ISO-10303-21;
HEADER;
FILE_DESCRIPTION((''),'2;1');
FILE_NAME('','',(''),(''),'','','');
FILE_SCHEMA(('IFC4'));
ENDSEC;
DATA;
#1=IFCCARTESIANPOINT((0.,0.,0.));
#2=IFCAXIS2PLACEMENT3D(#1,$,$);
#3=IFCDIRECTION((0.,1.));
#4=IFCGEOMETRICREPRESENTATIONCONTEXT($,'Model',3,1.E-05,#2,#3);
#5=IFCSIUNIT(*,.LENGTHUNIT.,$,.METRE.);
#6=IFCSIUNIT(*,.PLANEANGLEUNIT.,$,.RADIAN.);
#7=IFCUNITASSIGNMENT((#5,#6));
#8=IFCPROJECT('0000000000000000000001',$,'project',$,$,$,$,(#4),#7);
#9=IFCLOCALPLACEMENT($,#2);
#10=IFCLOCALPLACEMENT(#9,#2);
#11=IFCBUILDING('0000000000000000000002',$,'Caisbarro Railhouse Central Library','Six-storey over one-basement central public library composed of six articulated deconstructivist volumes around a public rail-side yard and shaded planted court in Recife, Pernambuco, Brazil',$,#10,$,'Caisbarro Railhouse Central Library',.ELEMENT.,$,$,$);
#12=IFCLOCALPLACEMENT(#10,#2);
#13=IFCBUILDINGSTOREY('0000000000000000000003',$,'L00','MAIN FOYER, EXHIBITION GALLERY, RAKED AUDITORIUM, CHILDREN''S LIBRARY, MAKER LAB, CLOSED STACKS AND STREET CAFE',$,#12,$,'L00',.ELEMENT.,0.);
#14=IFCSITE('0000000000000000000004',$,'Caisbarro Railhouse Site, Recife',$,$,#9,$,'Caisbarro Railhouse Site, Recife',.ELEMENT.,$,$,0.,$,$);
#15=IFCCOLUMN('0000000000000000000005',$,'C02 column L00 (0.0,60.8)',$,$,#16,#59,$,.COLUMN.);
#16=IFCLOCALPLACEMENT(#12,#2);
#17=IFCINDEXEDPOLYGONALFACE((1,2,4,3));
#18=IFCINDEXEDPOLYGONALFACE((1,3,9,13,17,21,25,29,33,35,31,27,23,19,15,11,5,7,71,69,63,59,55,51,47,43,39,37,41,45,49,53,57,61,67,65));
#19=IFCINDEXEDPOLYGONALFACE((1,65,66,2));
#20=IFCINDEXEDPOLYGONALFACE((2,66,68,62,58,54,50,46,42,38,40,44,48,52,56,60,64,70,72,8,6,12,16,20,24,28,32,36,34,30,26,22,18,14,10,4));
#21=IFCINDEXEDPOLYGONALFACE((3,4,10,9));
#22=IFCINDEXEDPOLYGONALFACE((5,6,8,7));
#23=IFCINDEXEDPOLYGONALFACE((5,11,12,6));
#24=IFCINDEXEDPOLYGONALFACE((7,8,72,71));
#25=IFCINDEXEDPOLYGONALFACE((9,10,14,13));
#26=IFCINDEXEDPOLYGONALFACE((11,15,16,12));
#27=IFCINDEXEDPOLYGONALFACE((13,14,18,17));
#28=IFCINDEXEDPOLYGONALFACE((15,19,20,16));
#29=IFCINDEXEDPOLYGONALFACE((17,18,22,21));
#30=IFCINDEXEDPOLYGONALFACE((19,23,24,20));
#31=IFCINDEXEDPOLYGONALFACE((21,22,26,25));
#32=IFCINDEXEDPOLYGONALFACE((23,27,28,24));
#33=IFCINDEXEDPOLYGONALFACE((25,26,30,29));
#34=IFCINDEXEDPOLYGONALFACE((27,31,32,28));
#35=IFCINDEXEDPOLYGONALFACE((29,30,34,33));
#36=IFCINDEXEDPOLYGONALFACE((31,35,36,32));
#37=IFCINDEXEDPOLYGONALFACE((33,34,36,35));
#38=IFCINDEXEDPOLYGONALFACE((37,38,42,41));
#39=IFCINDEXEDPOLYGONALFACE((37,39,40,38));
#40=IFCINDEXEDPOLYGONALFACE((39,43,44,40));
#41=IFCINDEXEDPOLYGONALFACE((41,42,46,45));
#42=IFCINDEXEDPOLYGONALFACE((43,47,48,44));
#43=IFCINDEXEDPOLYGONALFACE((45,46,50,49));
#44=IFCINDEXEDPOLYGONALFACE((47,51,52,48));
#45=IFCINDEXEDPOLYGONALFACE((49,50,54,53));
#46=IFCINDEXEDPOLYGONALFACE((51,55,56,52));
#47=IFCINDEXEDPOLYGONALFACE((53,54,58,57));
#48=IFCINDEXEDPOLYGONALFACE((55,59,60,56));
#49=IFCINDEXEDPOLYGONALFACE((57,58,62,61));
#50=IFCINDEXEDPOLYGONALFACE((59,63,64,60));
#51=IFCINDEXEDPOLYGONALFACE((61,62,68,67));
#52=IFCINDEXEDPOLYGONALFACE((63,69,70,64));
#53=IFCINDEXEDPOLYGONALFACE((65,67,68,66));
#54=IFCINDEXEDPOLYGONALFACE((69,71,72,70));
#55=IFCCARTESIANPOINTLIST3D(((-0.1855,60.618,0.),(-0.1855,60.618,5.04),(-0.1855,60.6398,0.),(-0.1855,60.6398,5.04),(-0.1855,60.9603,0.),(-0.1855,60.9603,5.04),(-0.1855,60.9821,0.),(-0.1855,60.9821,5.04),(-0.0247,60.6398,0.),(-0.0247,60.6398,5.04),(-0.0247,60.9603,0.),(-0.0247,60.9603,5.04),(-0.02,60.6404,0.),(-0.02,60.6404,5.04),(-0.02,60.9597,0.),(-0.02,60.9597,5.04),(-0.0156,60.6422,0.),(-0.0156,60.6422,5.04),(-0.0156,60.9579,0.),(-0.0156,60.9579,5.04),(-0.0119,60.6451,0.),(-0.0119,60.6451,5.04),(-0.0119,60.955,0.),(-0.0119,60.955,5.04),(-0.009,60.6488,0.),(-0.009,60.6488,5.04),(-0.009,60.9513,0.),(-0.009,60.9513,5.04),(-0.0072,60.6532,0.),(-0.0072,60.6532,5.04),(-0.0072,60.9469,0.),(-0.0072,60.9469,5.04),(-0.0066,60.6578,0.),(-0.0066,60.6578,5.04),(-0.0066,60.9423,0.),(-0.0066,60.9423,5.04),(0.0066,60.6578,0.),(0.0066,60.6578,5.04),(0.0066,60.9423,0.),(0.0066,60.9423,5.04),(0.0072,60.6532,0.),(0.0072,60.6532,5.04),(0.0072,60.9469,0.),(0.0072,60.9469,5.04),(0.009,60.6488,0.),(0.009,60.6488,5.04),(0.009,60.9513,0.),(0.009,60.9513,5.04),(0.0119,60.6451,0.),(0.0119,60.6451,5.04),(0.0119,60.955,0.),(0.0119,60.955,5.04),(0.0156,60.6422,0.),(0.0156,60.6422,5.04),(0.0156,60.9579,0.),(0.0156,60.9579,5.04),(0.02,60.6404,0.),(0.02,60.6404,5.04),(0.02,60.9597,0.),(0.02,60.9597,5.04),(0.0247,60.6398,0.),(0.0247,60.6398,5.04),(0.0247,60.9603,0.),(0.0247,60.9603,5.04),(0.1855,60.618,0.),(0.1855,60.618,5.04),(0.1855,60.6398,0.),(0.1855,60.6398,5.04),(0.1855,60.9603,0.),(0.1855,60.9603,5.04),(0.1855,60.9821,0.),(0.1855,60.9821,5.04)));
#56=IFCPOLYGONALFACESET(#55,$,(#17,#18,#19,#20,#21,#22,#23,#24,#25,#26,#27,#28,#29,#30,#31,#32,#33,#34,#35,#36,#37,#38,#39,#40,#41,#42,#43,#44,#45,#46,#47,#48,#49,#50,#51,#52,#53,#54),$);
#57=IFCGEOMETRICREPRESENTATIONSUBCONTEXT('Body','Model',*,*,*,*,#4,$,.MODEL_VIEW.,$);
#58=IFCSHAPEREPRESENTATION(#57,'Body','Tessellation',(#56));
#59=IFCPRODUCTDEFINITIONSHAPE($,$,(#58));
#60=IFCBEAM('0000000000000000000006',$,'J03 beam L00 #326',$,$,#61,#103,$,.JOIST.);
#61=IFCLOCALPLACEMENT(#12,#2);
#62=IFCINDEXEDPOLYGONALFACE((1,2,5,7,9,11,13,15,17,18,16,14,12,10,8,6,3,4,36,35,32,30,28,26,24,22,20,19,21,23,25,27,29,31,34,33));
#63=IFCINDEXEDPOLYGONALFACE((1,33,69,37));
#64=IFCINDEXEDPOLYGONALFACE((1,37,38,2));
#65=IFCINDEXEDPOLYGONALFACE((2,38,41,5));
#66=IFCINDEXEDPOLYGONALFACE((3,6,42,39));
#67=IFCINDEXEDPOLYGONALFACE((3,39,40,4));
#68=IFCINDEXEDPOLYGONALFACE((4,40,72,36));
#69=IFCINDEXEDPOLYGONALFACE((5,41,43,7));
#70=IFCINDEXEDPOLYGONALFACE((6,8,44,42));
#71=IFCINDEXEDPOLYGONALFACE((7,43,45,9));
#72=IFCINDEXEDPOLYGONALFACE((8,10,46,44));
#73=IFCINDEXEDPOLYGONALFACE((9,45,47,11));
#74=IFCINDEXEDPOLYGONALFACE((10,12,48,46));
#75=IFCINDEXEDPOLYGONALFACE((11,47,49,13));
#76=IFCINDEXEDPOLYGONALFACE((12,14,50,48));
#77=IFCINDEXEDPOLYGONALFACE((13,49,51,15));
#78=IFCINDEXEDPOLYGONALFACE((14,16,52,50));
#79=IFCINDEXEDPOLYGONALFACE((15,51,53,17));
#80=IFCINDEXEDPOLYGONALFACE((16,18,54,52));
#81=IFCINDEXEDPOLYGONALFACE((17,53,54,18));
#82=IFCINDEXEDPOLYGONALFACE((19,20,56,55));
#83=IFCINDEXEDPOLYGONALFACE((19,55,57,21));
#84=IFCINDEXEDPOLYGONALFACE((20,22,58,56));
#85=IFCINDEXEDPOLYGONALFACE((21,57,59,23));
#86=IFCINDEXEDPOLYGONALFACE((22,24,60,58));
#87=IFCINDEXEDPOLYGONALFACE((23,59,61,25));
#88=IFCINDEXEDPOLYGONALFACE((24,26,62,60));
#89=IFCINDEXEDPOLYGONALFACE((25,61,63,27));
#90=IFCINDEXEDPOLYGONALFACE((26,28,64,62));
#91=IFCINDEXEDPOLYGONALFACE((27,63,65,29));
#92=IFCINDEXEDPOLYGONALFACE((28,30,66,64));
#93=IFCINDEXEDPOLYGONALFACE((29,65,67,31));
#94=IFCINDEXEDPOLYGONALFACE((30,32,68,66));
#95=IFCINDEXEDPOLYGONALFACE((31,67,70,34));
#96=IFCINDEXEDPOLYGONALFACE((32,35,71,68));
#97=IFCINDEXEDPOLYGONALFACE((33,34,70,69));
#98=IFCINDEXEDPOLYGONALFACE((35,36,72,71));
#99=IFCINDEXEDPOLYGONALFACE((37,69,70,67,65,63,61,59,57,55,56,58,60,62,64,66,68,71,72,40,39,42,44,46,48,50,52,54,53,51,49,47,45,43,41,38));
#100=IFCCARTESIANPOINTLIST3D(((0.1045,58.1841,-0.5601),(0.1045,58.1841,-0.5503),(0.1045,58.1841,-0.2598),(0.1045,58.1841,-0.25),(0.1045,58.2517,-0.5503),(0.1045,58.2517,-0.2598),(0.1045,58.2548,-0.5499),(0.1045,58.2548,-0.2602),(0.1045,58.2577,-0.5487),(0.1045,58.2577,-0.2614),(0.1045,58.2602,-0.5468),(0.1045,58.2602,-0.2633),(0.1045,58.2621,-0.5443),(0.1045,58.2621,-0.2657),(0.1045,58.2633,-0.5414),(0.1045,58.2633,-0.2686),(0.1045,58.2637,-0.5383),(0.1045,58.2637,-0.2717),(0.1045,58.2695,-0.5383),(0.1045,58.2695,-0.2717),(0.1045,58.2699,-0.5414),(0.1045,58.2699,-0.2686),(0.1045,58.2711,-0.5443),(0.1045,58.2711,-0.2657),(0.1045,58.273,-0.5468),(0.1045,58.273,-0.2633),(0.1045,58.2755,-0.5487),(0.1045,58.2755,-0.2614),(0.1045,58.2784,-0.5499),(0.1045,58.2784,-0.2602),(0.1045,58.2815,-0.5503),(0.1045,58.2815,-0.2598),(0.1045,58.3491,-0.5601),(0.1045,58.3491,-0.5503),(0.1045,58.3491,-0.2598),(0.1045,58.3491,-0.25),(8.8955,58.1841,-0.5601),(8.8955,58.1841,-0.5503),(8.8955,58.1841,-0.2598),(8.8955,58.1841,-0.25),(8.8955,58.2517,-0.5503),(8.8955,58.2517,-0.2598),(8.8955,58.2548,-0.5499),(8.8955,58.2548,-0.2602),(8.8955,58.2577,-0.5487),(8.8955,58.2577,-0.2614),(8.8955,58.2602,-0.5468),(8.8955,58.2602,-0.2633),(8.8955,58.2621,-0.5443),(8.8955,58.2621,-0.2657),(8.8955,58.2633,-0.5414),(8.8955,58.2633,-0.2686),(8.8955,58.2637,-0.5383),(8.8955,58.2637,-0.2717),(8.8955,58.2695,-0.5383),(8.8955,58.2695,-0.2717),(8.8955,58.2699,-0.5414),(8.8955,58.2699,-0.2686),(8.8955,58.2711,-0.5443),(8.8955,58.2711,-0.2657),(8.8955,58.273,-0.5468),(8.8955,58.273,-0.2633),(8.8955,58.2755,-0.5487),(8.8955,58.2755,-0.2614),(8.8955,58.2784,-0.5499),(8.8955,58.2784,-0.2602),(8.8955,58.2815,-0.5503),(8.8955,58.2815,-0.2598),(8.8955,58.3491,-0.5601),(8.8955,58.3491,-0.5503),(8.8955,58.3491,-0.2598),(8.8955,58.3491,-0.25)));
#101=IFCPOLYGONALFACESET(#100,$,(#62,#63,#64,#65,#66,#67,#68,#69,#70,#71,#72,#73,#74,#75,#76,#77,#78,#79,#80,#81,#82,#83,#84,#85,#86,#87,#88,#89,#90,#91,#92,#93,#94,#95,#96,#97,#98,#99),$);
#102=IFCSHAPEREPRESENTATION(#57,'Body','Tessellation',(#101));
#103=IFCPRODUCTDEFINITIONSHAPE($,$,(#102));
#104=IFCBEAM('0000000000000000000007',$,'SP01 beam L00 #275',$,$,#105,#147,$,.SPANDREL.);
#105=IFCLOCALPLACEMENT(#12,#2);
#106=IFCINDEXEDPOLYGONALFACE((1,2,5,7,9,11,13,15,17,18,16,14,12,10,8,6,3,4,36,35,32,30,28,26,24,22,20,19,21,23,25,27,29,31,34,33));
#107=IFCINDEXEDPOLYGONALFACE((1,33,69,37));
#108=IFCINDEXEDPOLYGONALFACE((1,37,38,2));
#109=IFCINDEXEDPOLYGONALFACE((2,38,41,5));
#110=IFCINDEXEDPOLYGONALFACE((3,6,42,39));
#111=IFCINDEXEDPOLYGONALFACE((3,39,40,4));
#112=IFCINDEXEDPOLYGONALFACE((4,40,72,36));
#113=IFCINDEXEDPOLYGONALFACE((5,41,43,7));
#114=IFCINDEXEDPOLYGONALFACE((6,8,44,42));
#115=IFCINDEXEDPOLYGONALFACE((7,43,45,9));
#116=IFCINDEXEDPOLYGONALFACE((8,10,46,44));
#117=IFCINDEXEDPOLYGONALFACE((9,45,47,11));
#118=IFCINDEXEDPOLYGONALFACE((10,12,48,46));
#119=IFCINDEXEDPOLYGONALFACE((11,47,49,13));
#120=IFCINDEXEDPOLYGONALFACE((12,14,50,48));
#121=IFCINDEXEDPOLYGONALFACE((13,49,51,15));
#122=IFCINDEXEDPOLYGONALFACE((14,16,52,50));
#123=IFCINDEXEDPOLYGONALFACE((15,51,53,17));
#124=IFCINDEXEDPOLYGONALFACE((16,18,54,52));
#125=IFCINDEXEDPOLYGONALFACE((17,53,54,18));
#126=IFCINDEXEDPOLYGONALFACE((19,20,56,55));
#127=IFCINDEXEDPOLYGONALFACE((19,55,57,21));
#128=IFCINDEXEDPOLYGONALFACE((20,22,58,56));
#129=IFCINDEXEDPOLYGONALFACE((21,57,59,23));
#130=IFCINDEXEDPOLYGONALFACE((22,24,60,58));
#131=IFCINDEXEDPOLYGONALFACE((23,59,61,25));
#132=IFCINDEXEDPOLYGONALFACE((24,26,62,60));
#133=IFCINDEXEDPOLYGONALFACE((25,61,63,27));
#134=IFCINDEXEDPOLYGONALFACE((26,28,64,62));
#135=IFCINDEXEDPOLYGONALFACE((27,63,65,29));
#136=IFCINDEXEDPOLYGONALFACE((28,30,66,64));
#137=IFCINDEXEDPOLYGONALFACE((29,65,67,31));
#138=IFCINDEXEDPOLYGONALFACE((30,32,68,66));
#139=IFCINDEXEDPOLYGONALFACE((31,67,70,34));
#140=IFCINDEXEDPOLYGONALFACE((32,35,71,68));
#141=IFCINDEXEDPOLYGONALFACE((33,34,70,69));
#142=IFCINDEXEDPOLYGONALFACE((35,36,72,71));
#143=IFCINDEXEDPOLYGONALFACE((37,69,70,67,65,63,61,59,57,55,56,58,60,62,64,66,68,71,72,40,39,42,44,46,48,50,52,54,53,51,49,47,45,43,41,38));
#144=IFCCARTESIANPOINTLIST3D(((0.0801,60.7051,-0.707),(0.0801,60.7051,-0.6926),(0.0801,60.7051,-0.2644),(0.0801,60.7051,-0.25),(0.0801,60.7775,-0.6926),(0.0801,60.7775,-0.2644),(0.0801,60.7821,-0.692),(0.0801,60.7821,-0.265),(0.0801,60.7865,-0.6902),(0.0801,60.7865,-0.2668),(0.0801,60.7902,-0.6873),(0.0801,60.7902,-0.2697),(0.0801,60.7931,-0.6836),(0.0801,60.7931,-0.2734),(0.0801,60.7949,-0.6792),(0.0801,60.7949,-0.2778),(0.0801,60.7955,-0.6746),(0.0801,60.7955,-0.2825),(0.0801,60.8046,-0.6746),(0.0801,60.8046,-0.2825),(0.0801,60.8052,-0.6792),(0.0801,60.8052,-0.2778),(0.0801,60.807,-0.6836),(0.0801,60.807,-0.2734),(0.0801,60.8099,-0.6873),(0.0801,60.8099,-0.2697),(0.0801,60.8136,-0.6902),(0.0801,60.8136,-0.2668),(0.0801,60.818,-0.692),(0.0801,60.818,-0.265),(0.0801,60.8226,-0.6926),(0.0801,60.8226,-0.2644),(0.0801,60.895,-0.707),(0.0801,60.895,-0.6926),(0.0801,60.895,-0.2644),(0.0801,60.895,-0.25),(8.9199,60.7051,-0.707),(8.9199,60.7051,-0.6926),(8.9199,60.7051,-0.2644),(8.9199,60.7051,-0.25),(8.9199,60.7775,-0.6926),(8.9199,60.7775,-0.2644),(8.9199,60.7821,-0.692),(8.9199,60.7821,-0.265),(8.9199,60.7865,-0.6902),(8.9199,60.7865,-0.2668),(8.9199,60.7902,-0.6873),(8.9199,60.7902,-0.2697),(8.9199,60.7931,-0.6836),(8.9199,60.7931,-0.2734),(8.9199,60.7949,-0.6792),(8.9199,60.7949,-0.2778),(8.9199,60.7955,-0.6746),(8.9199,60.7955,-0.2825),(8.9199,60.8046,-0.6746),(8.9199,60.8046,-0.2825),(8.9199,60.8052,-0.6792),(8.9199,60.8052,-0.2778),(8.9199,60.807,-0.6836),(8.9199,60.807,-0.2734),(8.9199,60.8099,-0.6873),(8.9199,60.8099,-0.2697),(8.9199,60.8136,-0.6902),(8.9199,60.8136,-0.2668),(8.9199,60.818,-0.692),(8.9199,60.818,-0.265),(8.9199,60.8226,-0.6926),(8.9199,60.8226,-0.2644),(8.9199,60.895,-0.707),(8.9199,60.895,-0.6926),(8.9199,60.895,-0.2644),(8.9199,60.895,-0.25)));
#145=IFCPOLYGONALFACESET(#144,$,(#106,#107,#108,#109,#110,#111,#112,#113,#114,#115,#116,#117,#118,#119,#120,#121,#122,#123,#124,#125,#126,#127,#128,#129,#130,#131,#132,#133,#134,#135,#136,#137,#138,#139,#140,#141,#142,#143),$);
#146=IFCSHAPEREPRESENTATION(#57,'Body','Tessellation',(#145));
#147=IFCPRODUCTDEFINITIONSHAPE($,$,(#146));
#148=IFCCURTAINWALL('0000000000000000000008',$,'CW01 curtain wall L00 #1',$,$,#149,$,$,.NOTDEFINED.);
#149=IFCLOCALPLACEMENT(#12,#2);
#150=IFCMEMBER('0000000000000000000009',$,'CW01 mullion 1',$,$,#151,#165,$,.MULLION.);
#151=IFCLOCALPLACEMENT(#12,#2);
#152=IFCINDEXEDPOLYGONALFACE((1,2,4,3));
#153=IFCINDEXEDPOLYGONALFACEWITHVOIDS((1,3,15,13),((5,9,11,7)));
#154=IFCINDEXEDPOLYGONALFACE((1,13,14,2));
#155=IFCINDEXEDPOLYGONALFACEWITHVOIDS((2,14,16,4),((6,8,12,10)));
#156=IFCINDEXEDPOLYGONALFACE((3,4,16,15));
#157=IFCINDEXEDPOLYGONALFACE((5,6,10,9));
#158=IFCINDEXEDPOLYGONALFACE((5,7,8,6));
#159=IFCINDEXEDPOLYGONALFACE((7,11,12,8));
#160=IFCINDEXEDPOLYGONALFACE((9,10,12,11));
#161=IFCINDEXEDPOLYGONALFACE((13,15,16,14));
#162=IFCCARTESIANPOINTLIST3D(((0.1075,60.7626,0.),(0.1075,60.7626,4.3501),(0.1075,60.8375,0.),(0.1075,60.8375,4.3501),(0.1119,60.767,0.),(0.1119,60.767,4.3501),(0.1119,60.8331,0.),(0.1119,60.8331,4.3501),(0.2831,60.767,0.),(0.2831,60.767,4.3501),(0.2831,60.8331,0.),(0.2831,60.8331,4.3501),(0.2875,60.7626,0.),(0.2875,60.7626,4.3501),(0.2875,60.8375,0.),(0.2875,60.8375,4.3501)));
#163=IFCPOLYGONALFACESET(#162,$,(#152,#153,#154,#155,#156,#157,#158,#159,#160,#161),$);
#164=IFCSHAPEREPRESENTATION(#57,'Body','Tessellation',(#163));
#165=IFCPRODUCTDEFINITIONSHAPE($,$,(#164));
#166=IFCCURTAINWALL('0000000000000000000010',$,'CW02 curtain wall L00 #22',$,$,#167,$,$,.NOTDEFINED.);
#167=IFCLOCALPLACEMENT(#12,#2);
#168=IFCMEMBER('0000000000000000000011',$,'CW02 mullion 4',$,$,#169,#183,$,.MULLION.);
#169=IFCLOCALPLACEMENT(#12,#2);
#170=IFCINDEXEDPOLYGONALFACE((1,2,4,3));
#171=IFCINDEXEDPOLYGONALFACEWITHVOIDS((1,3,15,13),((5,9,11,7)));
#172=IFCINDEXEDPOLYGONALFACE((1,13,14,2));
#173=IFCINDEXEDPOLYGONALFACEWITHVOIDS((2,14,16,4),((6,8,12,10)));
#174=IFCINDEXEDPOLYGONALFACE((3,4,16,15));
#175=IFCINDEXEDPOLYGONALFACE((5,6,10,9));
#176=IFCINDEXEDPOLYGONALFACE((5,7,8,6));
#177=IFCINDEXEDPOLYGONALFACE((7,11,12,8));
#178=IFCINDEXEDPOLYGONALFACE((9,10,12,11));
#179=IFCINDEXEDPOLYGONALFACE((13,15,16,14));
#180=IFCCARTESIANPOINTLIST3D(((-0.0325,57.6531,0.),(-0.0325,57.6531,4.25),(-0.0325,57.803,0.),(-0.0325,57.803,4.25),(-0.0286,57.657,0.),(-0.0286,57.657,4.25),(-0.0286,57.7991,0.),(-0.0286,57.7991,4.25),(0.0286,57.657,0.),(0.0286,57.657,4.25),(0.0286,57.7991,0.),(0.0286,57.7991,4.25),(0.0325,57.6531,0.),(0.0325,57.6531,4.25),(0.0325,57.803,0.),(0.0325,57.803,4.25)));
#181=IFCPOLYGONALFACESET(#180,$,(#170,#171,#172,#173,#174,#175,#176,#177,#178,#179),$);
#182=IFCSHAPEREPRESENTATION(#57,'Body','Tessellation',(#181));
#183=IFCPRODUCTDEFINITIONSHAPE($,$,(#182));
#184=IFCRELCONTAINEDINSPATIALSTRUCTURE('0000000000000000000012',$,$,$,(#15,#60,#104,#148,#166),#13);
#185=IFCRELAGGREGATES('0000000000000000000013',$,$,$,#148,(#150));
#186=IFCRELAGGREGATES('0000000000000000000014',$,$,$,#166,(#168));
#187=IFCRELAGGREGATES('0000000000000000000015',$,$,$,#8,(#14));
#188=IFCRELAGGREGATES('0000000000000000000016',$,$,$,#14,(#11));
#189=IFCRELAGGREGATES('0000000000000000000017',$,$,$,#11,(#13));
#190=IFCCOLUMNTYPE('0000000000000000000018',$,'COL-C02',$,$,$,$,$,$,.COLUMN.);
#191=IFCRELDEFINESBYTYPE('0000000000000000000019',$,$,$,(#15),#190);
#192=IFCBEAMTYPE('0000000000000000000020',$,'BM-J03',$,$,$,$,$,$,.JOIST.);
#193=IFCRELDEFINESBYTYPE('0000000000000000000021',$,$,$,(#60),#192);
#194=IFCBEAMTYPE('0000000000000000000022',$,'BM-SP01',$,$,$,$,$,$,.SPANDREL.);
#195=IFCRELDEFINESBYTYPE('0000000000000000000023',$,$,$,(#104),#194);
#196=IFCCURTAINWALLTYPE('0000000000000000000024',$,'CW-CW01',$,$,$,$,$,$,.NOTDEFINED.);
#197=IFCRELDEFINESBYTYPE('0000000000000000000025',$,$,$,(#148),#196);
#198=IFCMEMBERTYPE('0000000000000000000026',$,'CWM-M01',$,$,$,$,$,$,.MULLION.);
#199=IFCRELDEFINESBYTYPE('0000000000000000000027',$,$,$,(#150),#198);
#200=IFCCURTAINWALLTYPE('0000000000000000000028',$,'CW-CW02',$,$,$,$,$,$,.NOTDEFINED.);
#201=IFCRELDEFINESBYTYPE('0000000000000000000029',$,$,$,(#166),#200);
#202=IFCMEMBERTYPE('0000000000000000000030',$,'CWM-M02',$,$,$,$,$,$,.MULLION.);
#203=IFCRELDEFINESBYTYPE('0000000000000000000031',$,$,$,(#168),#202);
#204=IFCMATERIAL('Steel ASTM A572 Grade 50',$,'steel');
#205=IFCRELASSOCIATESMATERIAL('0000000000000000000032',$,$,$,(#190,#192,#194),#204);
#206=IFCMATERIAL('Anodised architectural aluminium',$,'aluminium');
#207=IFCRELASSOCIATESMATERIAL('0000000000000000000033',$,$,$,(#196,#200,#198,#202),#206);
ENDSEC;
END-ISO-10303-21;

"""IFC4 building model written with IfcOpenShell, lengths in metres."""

from ifc_helpers import new_model, si_unit, direction, frame, origin, origin_2d, place, context, subcontext, project, spatial, hollow_rectangle, i_section, extrude, material, material_profile, profile_set, type_object, element, aggregate, save


model = new_model("IFC4")

# Units and contexts
model_context = context("Model", 3, precision=1e-05, world=origin(), true_north=direction((0.0, 1.0)))
body_context = subcontext(model_context, "Body", "Model", "MODEL_VIEW")
ifc_project = project(units=[si_unit("LENGTHUNIT", "METRE"), si_unit("PLANEANGLEUNIT", "RADIAN")], contexts=[model_context])

# Site, building, storey
site_placement = place(None, origin())
site = spatial("IfcSite", under=ifc_project, at=site_placement, Name="Caisbarro Railhouse Site, Recife", LongName="Caisbarro Railhouse Site, Recife", CompositionType="ELEMENT", RefElevation=0.0)
building_placement = place(site_placement, origin())
building = spatial("IfcBuilding", under=site, at=building_placement, Name="Caisbarro Railhouse Central Library", Description="Six-storey over one-basement central public library composed of six articulated deconstructivist volumes around a public rail-side yard and shaded planted court in Recife, Pernambuco, Brazil", LongName="Caisbarro Railhouse Central Library", CompositionType="ELEMENT")
storey_placement = place(building_placement, origin())
storey = spatial("IfcBuildingStorey", under=building, at=storey_placement, Name="L00", Description="MAIN FOYER, EXHIBITION GALLERY, RAKED AUDITORIUM, CHILDREN'S LIBRARY, MAKER LAB, CLOSED STACKS AND STREET CAFE", LongName="L00", CompositionType="ELEMENT", Elevation=0.0)

# Column
ifc_material_1 = material(Name="Steel ASTM A572 Grade 50", Category="steel")
ifc_material_profile_1 = material_profile(ifc_material_1, i_section(OverallWidth=0.3711, OverallDepth=0.364, WebThickness=0.0132, FlangeThickness=0.0217, FilletRadius=0.0181, at=origin_2d()), Name="W360X162.0")
ifc_profile_set_1 = profile_set([ifc_material_profile_1], Name="Steel ASTM A572 Grade 50")
column_type = type_object("IfcColumnType", Name="COL-C02", PredefinedType="COLUMN", material=ifc_profile_set_1)
column_placement = place(storey_placement, frame((0.0, 60.8, 0.0), z_axis=(0.0, 0.0, 1.0), x_axis=(1.0, 0.0, 0.0)))
element("IfcColumn", 1, at=column_placement, inside=storey, type_object=column_type, Name="C02 column L00 (0.0,60.8)", PredefinedType="COLUMN", context=body_context, shape_type="SweptSolid", body=[
    extrude(i_section(OverallWidth=0.3711, OverallDepth=0.364, WebThickness=0.0132, FlangeThickness=0.0217, FilletRadius=0.0181, at=origin_2d()), origin(), (0.0, 0.0, 1.0), 5.04),
])

# Beams
ifc_material_profile_2 = material_profile(ifc_material_1, i_section(OverallWidth=0.165, OverallDepth=0.3101, WebThickness=0.0059, FlangeThickness=0.0098, FilletRadius=0.012, at=origin_2d()), Name="W310X38.7")
ifc_profile_set_2 = profile_set([ifc_material_profile_2], Name="Steel ASTM A572 Grade 50")
beam_type_1 = type_object("IfcBeamType", Name="BM-J03", PredefinedType="JOIST", material=ifc_profile_set_2)
beam_1_placement = place(storey_placement, frame((0.1045, 58.2666, -0.405), z_axis=(1.0, 0.0, 0.0), x_axis=(0.0, 1.0, 0.0)))
element("IfcBeam", 2, at=beam_1_placement, inside=storey, type_object=beam_type_1, Name="J03 beam L00 #326", PredefinedType="JOIST", context=body_context, shape_type="SweptSolid", body=[
    extrude(i_section(OverallWidth=0.165, OverallDepth=0.3101, WebThickness=0.0059, FlangeThickness=0.0098, FilletRadius=0.012, at=origin_2d()), origin(), (0.0, 0.0, 1.0), 8.791),
])
ifc_material_profile_3 = material_profile(ifc_material_1, i_section(OverallWidth=0.1899, OverallDepth=0.457, WebThickness=0.009, FlangeThickness=0.0144, FilletRadius=0.0181, at=origin_2d()), Name="W460X74.0")
ifc_profile_set_3 = profile_set([ifc_material_profile_3], Name="Steel ASTM A572 Grade 50")
beam_type_2 = type_object("IfcBeamType", Name="BM-SP01", PredefinedType="SPANDREL", material=ifc_profile_set_3)
beam_2_placement = place(storey_placement, frame((0.0801, 60.8, -0.4785), z_axis=(1.0, 0.0, 0.0), x_axis=(0.0, 1.0, 0.0)))
element("IfcBeam", 3, at=beam_2_placement, inside=storey, type_object=beam_type_2, Name="SP01 beam L00 #275", PredefinedType="SPANDREL", context=body_context, shape_type="SweptSolid", body=[
    extrude(i_section(OverallWidth=0.1899, OverallDepth=0.457, WebThickness=0.009, FlangeThickness=0.0144, FilletRadius=0.0181, at=origin_2d()), origin(), (0.0, 0.0, 1.0), 8.8398),
])

# Curtain wall, member
ifc_material_2 = material(Name="Anodised architectural aluminium", Category="aluminium")
curtain_wall_type_1 = type_object("IfcCurtainWallType", Name="CW-CW01", PredefinedType="NOTDEFINED", material=ifc_material_2)
curtain_wall_1_placement = place(storey_placement, origin())
curtain_wall_1 = element("IfcCurtainWall", 4, at=curtain_wall_1_placement, inside=storey, type_object=curtain_wall_type_1, Name="CW01 curtain wall L00 #1", PredefinedType="NOTDEFINED")
ifc_material_profile_4 = material_profile(ifc_material_2, hollow_rectangle(XDim=0.075, YDim=0.1799, WallThickness=0.0044, at=origin_2d()), Name="ALU-MUL-75X180")
ifc_profile_set_4 = profile_set([ifc_material_profile_4], Name="Anodised architectural aluminium")
member_type_1 = type_object("IfcMemberType", Name="CWM-M01", PredefinedType="MULLION", material=ifc_profile_set_4)
member_1_placement = place(storey_placement, frame((0.1975, 60.8, 0.0), z_axis=(0.0, 0.0, 1.0), x_axis=(0.0, 1.0, 0.0)))
member_1 = element("IfcMember", 5, at=member_1_placement, type_object=member_type_1, Name="CW01 mullion 1", PredefinedType="MULLION", context=body_context, shape_type="SweptSolid", body=[
    extrude(hollow_rectangle(XDim=0.075, YDim=0.1799, WallThickness=0.0044, at=origin_2d()), origin(), (0.0, 0.0, 1.0), 4.3501),
])
aggregate(curtain_wall_1, [member_1])

# Curtain wall, member
curtain_wall_type_2 = type_object("IfcCurtainWallType", Name="CW-CW02", PredefinedType="NOTDEFINED", material=ifc_material_2)
curtain_wall_2_placement = place(storey_placement, origin())
curtain_wall_2 = element("IfcCurtainWall", 6, at=curtain_wall_2_placement, inside=storey, type_object=curtain_wall_type_2, Name="CW02 curtain wall L00 #22", PredefinedType="NOTDEFINED")
ifc_material_profile_5 = material_profile(ifc_material_2, hollow_rectangle(XDim=0.0649, YDim=0.1499, WallThickness=0.0039, at=origin_2d()), Name="ALU-MUL-65X150")
ifc_profile_set_5 = profile_set([ifc_material_profile_5], Name="Anodised architectural aluminium")
member_type_2 = type_object("IfcMemberType", Name="CWM-M02", PredefinedType="MULLION", material=ifc_profile_set_5)
member_2_placement = place(storey_placement, frame((0.0, 57.728, 0.0), z_axis=(0.0, 0.0, 1.0), x_axis=(-1.0, 0.0, 0.0)))
member_2 = element("IfcMember", 7, at=member_2_placement, type_object=member_type_2, Name="CW02 mullion 4", PredefinedType="MULLION", context=body_context, shape_type="SweptSolid", body=[
    extrude(hollow_rectangle(XDim=0.0649, YDim=0.1499, WallThickness=0.0039, at=origin_2d()), origin(), (0.0, 0.0, 1.0), 4.25),
])
aggregate(curtain_wall_2, [member_2])

save(model, "model.ifc")
